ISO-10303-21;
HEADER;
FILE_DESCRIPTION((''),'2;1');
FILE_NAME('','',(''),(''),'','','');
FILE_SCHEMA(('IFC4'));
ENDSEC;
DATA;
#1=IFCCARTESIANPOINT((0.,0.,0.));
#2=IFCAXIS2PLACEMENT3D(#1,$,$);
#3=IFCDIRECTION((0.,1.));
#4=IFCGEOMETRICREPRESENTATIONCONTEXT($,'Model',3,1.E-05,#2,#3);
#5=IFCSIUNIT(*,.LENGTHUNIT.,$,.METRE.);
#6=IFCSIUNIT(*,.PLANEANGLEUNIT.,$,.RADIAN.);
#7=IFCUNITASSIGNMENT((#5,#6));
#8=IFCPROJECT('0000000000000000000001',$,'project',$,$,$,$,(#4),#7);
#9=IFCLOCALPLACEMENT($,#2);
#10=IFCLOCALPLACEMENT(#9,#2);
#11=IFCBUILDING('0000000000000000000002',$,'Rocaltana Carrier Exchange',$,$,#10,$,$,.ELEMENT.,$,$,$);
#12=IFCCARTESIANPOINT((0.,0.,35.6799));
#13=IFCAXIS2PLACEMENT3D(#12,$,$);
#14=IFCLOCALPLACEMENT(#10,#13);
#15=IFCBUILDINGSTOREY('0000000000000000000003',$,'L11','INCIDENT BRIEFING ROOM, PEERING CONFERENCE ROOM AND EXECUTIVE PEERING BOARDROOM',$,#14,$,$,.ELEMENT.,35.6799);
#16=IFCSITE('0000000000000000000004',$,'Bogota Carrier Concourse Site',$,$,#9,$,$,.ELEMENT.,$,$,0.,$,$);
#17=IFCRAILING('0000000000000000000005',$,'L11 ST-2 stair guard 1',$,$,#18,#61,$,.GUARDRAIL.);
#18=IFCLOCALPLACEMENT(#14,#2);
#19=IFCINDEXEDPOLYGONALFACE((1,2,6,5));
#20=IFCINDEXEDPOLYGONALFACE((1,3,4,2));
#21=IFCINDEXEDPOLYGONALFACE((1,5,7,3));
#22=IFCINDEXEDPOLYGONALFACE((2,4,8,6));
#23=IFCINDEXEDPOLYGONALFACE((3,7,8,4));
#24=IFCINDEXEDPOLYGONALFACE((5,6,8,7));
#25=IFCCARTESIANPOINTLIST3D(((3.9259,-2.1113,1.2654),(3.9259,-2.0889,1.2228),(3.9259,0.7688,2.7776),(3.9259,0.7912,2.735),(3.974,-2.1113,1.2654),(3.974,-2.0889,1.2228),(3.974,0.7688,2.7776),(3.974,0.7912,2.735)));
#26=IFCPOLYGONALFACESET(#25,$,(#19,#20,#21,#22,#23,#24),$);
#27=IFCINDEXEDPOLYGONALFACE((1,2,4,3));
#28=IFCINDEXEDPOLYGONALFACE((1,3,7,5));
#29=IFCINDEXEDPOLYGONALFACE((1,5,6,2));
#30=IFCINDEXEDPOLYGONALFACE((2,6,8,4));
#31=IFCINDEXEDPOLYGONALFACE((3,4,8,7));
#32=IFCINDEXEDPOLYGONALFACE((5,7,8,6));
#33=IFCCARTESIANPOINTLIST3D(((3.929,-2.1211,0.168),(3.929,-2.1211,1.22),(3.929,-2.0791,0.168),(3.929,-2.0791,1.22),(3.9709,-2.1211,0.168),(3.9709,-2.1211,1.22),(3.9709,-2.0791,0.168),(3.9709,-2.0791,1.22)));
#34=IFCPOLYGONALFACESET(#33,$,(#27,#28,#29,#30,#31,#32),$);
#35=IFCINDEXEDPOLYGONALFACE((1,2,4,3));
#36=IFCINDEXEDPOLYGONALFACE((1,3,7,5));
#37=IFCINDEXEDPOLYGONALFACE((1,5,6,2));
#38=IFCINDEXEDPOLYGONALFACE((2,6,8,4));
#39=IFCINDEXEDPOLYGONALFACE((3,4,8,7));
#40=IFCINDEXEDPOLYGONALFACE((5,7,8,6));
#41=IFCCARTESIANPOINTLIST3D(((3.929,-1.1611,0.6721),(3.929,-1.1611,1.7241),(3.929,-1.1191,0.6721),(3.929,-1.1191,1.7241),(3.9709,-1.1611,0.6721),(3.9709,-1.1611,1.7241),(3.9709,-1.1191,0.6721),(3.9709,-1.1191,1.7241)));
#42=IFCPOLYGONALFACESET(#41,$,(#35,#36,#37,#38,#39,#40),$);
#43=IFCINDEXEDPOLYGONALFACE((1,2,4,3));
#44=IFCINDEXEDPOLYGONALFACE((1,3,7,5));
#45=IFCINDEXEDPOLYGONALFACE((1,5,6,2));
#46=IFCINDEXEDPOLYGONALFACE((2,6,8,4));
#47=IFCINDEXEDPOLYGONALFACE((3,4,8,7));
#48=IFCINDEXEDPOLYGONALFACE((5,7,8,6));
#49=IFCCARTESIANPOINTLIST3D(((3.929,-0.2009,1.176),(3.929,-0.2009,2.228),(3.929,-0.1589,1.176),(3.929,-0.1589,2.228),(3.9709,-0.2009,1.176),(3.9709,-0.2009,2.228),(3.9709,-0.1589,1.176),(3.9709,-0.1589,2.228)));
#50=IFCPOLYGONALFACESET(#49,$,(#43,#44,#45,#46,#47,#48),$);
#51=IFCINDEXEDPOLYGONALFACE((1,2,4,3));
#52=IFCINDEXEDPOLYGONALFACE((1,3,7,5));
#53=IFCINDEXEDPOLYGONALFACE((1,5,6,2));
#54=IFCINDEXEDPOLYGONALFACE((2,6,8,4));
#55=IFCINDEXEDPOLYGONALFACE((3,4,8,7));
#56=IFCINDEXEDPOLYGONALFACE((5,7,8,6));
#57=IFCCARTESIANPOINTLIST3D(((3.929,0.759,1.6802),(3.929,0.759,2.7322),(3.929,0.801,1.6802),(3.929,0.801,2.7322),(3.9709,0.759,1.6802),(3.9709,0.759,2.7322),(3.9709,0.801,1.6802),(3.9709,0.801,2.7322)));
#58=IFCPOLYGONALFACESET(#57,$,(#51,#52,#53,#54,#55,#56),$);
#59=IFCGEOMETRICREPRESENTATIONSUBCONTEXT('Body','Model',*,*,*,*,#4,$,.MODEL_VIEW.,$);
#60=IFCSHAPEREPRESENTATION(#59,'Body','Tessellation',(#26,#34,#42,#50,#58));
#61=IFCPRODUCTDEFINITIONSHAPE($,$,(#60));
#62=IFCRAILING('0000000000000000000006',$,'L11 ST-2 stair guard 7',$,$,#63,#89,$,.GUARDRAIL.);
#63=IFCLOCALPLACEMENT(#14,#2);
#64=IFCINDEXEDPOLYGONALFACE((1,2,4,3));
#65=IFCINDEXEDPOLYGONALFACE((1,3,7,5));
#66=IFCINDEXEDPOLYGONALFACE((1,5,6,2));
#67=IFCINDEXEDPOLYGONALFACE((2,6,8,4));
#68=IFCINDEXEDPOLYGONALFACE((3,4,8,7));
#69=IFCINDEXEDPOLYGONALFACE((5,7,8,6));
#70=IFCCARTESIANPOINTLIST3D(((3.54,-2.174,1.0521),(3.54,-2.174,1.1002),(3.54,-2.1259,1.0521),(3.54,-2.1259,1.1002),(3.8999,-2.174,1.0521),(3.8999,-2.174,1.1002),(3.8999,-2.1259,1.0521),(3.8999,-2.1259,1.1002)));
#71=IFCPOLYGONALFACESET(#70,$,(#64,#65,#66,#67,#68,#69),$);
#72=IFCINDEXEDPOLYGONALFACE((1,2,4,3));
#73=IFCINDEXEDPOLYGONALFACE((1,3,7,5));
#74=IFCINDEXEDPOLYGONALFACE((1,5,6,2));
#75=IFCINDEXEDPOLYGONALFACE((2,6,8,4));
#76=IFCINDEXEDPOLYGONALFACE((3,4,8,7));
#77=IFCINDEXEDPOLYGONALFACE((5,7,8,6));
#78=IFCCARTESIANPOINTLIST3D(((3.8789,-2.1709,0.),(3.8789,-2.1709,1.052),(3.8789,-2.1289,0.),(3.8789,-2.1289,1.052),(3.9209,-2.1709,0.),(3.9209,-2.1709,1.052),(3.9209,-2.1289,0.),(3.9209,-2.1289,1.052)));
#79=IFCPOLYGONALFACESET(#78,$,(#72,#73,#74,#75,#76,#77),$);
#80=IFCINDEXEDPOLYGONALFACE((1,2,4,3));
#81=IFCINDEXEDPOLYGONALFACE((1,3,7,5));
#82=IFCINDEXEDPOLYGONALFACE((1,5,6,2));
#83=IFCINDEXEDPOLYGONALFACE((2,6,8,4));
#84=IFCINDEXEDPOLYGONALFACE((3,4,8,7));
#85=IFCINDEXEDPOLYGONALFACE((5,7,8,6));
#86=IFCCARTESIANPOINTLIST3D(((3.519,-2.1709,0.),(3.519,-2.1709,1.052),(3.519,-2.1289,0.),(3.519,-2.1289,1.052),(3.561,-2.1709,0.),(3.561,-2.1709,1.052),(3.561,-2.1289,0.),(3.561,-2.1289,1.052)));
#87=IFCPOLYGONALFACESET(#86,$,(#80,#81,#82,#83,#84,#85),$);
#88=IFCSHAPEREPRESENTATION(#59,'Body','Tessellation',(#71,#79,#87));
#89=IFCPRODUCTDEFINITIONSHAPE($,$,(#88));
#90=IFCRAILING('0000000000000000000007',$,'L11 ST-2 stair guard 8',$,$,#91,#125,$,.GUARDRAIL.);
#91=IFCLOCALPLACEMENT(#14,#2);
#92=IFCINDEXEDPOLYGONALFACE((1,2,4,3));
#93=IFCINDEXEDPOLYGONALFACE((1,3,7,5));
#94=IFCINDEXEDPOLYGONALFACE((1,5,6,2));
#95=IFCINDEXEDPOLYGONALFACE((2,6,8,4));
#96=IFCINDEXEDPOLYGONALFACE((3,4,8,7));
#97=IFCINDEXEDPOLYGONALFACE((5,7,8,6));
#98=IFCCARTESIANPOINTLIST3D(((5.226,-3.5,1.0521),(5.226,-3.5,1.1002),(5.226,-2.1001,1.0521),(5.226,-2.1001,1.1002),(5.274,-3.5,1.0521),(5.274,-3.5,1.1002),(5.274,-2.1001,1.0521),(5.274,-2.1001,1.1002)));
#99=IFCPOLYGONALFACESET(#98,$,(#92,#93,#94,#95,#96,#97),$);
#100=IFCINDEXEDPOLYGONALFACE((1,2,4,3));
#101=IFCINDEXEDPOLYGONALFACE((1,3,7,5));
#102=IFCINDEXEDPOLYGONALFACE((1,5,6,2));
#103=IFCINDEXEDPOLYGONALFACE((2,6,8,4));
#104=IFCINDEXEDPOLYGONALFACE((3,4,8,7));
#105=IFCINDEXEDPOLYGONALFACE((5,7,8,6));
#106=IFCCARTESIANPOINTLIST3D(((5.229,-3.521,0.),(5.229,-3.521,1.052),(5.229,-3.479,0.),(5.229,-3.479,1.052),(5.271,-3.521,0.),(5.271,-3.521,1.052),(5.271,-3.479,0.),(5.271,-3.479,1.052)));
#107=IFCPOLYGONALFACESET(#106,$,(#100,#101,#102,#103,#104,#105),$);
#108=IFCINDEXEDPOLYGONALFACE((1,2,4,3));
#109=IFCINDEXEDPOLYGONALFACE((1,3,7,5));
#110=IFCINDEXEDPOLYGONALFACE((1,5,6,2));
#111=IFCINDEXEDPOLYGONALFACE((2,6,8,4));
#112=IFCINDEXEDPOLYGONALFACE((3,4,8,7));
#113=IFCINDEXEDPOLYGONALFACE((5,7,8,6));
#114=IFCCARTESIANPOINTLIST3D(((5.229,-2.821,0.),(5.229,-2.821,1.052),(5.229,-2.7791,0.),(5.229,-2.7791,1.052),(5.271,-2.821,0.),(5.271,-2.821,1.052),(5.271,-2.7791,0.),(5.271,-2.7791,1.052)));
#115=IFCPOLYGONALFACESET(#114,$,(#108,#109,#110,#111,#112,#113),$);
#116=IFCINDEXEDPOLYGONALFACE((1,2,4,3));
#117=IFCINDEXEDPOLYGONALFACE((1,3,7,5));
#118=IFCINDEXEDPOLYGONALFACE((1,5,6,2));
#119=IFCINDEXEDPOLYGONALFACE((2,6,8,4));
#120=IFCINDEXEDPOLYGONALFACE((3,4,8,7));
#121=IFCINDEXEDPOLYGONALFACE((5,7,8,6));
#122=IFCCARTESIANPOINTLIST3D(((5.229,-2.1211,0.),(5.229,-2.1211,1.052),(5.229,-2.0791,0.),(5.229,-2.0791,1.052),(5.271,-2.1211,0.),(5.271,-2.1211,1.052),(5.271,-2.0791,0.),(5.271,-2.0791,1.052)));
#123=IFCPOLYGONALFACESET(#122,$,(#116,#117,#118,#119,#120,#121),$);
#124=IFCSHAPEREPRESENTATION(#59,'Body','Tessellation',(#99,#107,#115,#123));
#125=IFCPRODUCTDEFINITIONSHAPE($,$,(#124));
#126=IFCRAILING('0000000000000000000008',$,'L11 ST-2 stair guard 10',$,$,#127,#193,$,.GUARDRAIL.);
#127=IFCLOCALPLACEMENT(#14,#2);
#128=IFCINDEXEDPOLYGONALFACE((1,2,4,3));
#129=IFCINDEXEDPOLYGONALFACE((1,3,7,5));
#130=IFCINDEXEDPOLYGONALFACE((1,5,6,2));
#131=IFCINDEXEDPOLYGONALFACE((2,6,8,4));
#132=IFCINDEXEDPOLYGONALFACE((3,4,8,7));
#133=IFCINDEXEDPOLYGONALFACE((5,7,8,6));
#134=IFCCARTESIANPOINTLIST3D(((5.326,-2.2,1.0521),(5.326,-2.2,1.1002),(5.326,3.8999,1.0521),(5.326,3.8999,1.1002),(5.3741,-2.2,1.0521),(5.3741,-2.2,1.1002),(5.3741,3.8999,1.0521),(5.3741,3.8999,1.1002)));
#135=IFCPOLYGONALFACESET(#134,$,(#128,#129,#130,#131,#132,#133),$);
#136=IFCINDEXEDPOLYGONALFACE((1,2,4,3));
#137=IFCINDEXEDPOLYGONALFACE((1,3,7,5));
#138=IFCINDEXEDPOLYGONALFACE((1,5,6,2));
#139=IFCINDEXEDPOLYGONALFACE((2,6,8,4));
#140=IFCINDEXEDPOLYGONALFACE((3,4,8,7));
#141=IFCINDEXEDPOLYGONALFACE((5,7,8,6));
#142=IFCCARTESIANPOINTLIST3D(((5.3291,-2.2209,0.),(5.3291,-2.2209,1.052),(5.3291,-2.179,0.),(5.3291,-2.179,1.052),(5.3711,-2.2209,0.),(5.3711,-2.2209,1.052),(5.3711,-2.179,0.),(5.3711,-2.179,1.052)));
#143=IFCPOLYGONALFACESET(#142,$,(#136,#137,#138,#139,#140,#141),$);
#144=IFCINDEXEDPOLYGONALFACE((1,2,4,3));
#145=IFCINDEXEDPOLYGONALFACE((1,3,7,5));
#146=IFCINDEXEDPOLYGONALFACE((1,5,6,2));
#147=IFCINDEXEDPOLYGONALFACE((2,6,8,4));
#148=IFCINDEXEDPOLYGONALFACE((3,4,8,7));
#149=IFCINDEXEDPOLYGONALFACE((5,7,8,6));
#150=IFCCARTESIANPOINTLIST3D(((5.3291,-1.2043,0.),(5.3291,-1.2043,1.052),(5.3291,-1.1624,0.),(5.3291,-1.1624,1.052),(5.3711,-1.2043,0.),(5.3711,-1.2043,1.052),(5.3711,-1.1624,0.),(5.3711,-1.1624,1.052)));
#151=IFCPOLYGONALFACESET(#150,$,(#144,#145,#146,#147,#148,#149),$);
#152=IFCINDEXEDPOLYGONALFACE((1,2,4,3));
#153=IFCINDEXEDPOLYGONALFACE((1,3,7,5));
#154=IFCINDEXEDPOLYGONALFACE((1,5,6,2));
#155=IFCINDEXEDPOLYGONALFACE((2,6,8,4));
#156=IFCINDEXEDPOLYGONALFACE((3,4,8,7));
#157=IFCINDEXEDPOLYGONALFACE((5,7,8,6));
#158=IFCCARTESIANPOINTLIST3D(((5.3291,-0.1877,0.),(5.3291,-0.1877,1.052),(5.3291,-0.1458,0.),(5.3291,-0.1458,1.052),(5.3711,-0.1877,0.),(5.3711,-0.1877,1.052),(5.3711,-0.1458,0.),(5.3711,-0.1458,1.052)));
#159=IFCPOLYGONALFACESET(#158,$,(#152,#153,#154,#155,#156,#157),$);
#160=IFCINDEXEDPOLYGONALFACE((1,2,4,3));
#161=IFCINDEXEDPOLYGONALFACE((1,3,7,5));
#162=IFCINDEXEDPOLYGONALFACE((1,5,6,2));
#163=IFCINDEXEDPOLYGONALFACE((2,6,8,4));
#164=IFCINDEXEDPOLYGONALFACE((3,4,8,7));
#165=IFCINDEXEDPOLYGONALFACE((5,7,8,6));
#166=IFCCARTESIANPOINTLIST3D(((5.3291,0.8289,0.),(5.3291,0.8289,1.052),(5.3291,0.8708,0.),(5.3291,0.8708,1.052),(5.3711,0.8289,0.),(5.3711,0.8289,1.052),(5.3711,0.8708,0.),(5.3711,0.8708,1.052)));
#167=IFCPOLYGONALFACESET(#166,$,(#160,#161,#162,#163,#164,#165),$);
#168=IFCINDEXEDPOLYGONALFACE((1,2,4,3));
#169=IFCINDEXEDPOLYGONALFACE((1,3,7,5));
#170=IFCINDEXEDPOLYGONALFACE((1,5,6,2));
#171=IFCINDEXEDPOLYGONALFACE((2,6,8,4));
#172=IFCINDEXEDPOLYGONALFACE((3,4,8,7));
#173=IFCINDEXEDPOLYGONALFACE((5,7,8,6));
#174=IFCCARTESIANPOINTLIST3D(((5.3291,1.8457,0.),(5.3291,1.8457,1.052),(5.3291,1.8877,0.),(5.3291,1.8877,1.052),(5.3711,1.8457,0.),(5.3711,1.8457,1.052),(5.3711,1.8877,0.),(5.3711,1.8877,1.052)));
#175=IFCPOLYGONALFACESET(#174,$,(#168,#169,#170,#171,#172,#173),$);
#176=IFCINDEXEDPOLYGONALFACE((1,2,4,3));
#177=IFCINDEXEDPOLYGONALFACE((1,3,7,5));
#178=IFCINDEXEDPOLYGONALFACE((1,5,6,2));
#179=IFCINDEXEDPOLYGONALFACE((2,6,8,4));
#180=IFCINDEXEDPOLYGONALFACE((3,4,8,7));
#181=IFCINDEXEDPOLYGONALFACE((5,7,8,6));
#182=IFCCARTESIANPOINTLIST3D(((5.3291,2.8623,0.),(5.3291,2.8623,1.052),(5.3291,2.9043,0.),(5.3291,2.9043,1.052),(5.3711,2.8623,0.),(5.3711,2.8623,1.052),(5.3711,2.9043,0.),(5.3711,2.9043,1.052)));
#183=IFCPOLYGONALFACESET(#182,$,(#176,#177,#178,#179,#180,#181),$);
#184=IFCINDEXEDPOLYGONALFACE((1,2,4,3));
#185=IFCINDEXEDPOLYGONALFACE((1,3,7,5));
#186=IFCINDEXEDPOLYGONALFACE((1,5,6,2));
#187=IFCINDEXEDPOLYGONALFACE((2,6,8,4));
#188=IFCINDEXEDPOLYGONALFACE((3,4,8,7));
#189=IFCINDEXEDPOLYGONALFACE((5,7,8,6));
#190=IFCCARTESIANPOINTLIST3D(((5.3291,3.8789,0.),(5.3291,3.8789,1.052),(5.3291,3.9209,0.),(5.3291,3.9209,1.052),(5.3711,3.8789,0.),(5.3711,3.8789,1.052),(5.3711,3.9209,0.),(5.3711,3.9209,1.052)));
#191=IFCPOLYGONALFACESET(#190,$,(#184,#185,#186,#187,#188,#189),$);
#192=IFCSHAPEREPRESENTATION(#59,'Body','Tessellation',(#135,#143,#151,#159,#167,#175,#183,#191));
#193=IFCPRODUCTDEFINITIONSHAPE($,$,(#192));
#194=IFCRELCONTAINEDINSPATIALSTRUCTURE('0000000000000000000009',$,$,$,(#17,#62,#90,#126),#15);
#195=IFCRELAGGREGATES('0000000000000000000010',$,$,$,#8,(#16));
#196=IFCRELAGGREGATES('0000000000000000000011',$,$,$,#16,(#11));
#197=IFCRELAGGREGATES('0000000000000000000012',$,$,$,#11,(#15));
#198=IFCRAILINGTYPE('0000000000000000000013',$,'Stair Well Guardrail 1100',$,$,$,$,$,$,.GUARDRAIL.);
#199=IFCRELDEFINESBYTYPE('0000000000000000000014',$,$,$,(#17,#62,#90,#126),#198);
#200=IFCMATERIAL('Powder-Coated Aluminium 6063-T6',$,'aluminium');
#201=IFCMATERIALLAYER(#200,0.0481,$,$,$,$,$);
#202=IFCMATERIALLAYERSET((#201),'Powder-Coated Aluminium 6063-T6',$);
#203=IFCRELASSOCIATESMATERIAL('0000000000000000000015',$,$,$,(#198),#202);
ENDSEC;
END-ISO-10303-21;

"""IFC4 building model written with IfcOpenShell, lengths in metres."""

from ifc_helpers import new_model, si_unit, direction, frame, origin, origin_2d, place, context, subcontext, project, spatial, rectangle, extrude, material, layer, layer_set, type_object, element, save


model = new_model("IFC4")

# Units and contexts
model_context = context("Model", 3, precision=1e-05, world=origin(), true_north=direction((0.0, 1.0)))
body_context = subcontext(model_context, "Body", "Model", "MODEL_VIEW")
ifc_project = project(units=[si_unit("LENGTHUNIT", "METRE"), si_unit("PLANEANGLEUNIT", "RADIAN")], contexts=[model_context])

# Site, building, storey
site_placement = place(None, origin())
site = spatial("IfcSite", under=ifc_project, at=site_placement, Name="Bogota Carrier Concourse Site", CompositionType="ELEMENT", RefElevation=0.0)
building_placement = place(site_placement, origin())
building = spatial("IfcBuilding", under=site, at=building_placement, Name="Rocaltana Carrier Exchange", CompositionType="ELEMENT")
storey_placement = place(building_placement, frame((0.0, 0.0, 35.6799)))
storey = spatial("IfcBuildingStorey", under=building, at=storey_placement, Name="L11", Description="INCIDENT BRIEFING ROOM, PEERING CONFERENCE ROOM AND EXECUTIVE PEERING BOARDROOM", CompositionType="ELEMENT", Elevation=35.6799)

# Railings
ifc_material_1 = material(Name="Powder-Coated Aluminium 6063-T6", Category="aluminium")
ifc_layer_1 = layer(ifc_material_1, 0.0481)
ifc_layer_set_1 = layer_set([ifc_layer_1], Name="Powder-Coated Aluminium 6063-T6")
railing_type_1 = type_object("IfcRailingType", Name="Stair Well Guardrail 1100", PredefinedType="GUARDRAIL", material=ifc_layer_set_1)
railing_1_placement = place(storey_placement, frame((3.95, -2.1001, 0.168)))
element("IfcRailing", 1, at=railing_1_placement, inside=storey, type_object=railing_type_1, Name="L11 ST-2 stair guard 1", PredefinedType="GUARDRAIL", context=body_context, shape_type="SweptSolid", body=[
    extrude(rectangle(XDim=0.0481, YDim=0.0481, at=origin_2d()), frame((0.0, 0.0, 1.0762), z_axis=(0.0, 0.88538, 0.464868), x_axis=(-1.0, 0.0, 0.0)), (0.0, 0.0, 1.0), 3.2529),
    extrude(rectangle(XDim=0.042, YDim=0.042, at=origin_2d()), origin(), (0.0, 0.0, 1.0), 1.052),
    extrude(rectangle(XDim=0.042, YDim=0.042, at=origin_2d()), frame((0.0, 0.96, 0.5042)), (0.0, 0.0, 1.0), 1.052),
    extrude(rectangle(XDim=0.042, YDim=0.042, at=origin_2d()), frame((0.0, 1.9202, 1.0081)), (0.0, 0.0, 1.0), 1.052),
    extrude(rectangle(XDim=0.042, YDim=0.042, at=origin_2d()), frame((0.0, 2.8801, 1.5122)), (0.0, 0.0, 1.0), 1.052),
])
railing_2_placement = place(storey_placement, frame((3.8999, -2.1499, 0.0)))
element("IfcRailing", 2, at=railing_2_placement, inside=storey, type_object=railing_type_1, Name="L11 ST-2 stair guard 7", PredefinedType="GUARDRAIL", context=body_context, shape_type="SweptSolid", body=[
    extrude(rectangle(XDim=0.0481, YDim=0.0481, at=origin_2d()), frame((0.0, 0.0, 1.0762), z_axis=(-1.0, 0.0, 0.0), x_axis=(0.0, -1.0, 0.0)), (0.0, 0.0, 1.0), 0.3599),
    extrude(rectangle(XDim=0.042, YDim=0.042, at=origin_2d()), origin(), (0.0, 0.0, 1.0), 1.052),
    extrude(rectangle(XDim=0.042, YDim=0.042, at=origin_2d()), frame((-0.3599, 0.0, 0.0)), (0.0, 0.0, 1.0), 1.052),
])
railing_3_placement = place(storey_placement, frame((5.25, -3.5, 0.0)))
element("IfcRailing", 3, at=railing_3_placement, inside=storey, type_object=railing_type_1, Name="L11 ST-2 stair guard 8", PredefinedType="GUARDRAIL", context=body_context, shape_type="SweptSolid", body=[
    extrude(rectangle(XDim=0.0481, YDim=0.0481, at=origin_2d()), frame((0.0, 0.0, 1.0762), z_axis=(0.0, 1.0, 0.0), x_axis=(-1.0, 0.0, 0.0)), (0.0, 0.0, 1.0), 1.3999),
    extrude(rectangle(XDim=0.042, YDim=0.042, at=origin_2d()), origin(), (0.0, 0.0, 1.0), 1.052),
    extrude(rectangle(XDim=0.042, YDim=0.042, at=origin_2d()), frame((0.0, 0.7, 0.0)), (0.0, 0.0, 1.0), 1.052),
    extrude(rectangle(XDim=0.042, YDim=0.042, at=origin_2d()), frame((0.0, 1.3999, 0.0)), (0.0, 0.0, 1.0), 1.052),
])
for number, where, name in (
    (4, (5.3501, -2.2, 0.0), "L11 ST-2 stair guard 10"),
):
    element("IfcRailing", number, at=place(storey_placement, frame(where)), inside=storey, type_object=railing_type_1, Name=name, PredefinedType="GUARDRAIL", context=body_context, shape_type="SweptSolid", body=[
        extrude(rectangle(XDim=0.0481, YDim=0.0481, at=origin_2d()), frame((0.0, 0.0, 1.0762), z_axis=(0.0, 1.0, 0.0), x_axis=(-1.0, 0.0, 0.0)), (0.0, 0.0, 1.0), 6.0999),
        extrude(rectangle(XDim=0.042, YDim=0.042, at=origin_2d()), origin(), (0.0, 0.0, 1.0), 1.052),
        extrude(rectangle(XDim=0.042, YDim=0.042, at=origin_2d()), frame((0.0, 1.0166, 0.0)), (0.0, 0.0, 1.0), 1.052),
        extrude(rectangle(XDim=0.042, YDim=0.042, at=origin_2d()), frame((0.0, 2.0332, 0.0)), (0.0, 0.0, 1.0), 1.052),
        extrude(rectangle(XDim=0.042, YDim=0.042, at=origin_2d()), frame((0.0, 3.0498, 0.0)), (0.0, 0.0, 1.0), 1.052),
        extrude(rectangle(XDim=0.042, YDim=0.042, at=origin_2d()), frame((0.0, 4.0667, 0.0)), (0.0, 0.0, 1.0), 1.052),
        extrude(rectangle(XDim=0.042, YDim=0.042, at=origin_2d()), frame((0.0, 5.0833, 0.0)), (0.0, 0.0, 1.0), 1.052),
        extrude(rectangle(XDim=0.042, YDim=0.042, at=origin_2d()), frame((0.0, 6.0999, 0.0)), (0.0, 0.0, 1.0), 1.052),
    ])

save(model, "model.ifc")
